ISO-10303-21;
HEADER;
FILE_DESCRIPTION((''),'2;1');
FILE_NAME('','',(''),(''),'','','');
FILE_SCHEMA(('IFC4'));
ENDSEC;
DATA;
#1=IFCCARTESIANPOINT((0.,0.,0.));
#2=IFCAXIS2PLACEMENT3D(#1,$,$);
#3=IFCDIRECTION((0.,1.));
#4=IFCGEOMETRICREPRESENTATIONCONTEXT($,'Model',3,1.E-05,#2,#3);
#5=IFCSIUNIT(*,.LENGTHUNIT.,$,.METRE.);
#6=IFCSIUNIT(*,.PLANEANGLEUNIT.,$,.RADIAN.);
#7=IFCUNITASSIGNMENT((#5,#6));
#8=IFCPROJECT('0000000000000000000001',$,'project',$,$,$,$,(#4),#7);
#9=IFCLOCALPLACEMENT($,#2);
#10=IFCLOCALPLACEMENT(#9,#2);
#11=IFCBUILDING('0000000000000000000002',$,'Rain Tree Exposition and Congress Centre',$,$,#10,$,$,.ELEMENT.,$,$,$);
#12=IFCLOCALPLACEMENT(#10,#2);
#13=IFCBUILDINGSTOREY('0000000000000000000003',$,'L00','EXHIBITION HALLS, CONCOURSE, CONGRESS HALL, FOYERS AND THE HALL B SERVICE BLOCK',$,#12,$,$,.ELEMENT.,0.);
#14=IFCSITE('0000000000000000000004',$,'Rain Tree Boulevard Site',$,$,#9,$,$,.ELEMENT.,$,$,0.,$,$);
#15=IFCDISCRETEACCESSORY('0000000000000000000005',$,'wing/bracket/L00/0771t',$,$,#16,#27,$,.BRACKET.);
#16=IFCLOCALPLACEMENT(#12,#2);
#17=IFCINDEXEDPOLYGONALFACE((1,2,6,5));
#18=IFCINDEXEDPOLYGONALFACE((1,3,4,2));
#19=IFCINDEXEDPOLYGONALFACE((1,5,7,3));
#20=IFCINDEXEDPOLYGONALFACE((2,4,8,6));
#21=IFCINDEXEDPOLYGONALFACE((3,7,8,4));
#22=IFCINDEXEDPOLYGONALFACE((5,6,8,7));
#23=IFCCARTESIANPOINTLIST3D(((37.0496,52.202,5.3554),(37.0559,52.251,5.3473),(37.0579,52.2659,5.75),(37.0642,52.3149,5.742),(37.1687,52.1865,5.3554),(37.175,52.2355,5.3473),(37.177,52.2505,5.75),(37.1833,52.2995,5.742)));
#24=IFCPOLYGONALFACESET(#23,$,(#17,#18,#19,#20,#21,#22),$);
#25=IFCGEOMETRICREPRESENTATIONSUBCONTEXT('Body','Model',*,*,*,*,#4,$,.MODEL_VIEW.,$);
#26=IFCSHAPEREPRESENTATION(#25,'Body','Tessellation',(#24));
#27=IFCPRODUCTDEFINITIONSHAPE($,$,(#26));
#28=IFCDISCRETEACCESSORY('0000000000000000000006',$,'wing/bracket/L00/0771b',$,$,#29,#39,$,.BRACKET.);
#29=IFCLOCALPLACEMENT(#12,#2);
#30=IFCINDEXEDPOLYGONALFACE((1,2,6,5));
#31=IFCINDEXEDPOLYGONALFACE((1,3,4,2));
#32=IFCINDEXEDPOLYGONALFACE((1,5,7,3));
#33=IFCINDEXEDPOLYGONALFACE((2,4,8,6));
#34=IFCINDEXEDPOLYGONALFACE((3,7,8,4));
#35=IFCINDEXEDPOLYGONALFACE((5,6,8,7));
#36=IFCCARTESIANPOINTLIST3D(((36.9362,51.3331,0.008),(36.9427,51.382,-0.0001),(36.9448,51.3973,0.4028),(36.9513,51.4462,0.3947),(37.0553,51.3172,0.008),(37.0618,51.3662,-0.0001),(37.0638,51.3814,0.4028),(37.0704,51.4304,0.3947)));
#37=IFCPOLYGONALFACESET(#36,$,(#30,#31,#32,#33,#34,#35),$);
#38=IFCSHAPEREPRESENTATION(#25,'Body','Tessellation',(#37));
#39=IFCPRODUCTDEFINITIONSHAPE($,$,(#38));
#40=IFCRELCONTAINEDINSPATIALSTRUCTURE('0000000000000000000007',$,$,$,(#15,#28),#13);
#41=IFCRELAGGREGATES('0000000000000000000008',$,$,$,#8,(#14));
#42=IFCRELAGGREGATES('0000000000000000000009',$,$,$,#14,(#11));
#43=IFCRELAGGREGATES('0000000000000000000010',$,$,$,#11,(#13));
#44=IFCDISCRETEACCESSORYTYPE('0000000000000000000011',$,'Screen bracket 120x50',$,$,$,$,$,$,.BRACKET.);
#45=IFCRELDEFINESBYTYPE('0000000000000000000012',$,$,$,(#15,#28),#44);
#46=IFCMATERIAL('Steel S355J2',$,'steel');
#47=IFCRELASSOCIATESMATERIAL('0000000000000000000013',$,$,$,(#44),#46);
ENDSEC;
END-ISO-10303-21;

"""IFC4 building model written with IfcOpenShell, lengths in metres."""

from ifc_helpers import new_model, si_unit, direction, frame, origin, origin_2d, place, context, subcontext, project, spatial, rectangle, extrude, material, material_profile, profile_set, type_object, element, save


model = new_model("IFC4")

# Units and contexts
model_context = context("Model", 3, precision=1e-05, world=origin(), true_north=direction((0.0, 1.0)))
body_context = subcontext(model_context, "Body", "Model", "MODEL_VIEW")
ifc_project = project(units=[si_unit("LENGTHUNIT", "METRE"), si_unit("PLANEANGLEUNIT", "RADIAN")], contexts=[model_context])

# Site, building, storey
site_placement = place(None, origin())
site = spatial("IfcSite", under=ifc_project, at=site_placement, Name="Rain Tree Boulevard Site", CompositionType="ELEMENT", RefElevation=0.0)
building_placement = place(site_placement, origin())
building = spatial("IfcBuilding", under=site, at=building_placement, Name="Rain Tree Exposition and Congress Centre", CompositionType="ELEMENT")
storey_placement = place(building_placement, origin())
storey = spatial("IfcBuildingStorey", under=building, at=storey_placement, Name="L00", Description="EXHIBITION HALLS, CONCOURSE, CONGRESS HALL, FOYERS AND THE HALL B SERVICE BLOCK", CompositionType="ELEMENT", Elevation=0.0)

# Discrete accessories
ifc_material_1 = material(Name="Steel S355J2", Category="steel")
ifc_material_profile_1 = material_profile(ifc_material_1, rectangle(XDim=0.1201, YDim=0.05, at=origin_2d()), Name="Flat bar 120x50")
ifc_profile_set_1 = profile_set([ifc_material_profile_1], Name="Steel S355J2")
discrete_accessory_type = type_object("IfcDiscreteAccessoryType", Name="Screen bracket 120x50", PredefinedType="BRACKET", material=ifc_profile_set_1)
discrete_accessory_1_placement = place(storey_placement, frame((37.1123, 52.2188, 5.3513), z_axis=(0.020751, 0.159908, 0.986914), x_axis=(-0.991685, 0.128692, 0.0)))
element("IfcDiscreteAccessory", 1, at=discrete_accessory_1_placement, inside=storey, type_object=discrete_accessory_type, Name="wing/bracket/L00/0771t", PredefinedType="BRACKET", context=body_context, shape_type="SweptSolid", body=[
    extrude(rectangle(XDim=0.1201, YDim=0.05, at=origin_2d()), origin(), (0.0, 0.0, 1.0), 0.3999),
])
discrete_accessory_2_placement = place(storey_placement, frame((36.999, 51.3496, 0.0039), z_axis=(0.021359, 0.160501, 0.986805), x_axis=(-0.991261, 0.131917, 0.0)))
element("IfcDiscreteAccessory", 2, at=discrete_accessory_2_placement, inside=storey, type_object=discrete_accessory_type, Name="wing/bracket/L00/0771b", PredefinedType="BRACKET", context=body_context, shape_type="SweptSolid", body=[
    extrude(rectangle(XDim=0.1201, YDim=0.05, at=origin_2d()), origin(), (0.0, 0.0, 1.0), 0.4001),
])

save(model, "model.ifc")
